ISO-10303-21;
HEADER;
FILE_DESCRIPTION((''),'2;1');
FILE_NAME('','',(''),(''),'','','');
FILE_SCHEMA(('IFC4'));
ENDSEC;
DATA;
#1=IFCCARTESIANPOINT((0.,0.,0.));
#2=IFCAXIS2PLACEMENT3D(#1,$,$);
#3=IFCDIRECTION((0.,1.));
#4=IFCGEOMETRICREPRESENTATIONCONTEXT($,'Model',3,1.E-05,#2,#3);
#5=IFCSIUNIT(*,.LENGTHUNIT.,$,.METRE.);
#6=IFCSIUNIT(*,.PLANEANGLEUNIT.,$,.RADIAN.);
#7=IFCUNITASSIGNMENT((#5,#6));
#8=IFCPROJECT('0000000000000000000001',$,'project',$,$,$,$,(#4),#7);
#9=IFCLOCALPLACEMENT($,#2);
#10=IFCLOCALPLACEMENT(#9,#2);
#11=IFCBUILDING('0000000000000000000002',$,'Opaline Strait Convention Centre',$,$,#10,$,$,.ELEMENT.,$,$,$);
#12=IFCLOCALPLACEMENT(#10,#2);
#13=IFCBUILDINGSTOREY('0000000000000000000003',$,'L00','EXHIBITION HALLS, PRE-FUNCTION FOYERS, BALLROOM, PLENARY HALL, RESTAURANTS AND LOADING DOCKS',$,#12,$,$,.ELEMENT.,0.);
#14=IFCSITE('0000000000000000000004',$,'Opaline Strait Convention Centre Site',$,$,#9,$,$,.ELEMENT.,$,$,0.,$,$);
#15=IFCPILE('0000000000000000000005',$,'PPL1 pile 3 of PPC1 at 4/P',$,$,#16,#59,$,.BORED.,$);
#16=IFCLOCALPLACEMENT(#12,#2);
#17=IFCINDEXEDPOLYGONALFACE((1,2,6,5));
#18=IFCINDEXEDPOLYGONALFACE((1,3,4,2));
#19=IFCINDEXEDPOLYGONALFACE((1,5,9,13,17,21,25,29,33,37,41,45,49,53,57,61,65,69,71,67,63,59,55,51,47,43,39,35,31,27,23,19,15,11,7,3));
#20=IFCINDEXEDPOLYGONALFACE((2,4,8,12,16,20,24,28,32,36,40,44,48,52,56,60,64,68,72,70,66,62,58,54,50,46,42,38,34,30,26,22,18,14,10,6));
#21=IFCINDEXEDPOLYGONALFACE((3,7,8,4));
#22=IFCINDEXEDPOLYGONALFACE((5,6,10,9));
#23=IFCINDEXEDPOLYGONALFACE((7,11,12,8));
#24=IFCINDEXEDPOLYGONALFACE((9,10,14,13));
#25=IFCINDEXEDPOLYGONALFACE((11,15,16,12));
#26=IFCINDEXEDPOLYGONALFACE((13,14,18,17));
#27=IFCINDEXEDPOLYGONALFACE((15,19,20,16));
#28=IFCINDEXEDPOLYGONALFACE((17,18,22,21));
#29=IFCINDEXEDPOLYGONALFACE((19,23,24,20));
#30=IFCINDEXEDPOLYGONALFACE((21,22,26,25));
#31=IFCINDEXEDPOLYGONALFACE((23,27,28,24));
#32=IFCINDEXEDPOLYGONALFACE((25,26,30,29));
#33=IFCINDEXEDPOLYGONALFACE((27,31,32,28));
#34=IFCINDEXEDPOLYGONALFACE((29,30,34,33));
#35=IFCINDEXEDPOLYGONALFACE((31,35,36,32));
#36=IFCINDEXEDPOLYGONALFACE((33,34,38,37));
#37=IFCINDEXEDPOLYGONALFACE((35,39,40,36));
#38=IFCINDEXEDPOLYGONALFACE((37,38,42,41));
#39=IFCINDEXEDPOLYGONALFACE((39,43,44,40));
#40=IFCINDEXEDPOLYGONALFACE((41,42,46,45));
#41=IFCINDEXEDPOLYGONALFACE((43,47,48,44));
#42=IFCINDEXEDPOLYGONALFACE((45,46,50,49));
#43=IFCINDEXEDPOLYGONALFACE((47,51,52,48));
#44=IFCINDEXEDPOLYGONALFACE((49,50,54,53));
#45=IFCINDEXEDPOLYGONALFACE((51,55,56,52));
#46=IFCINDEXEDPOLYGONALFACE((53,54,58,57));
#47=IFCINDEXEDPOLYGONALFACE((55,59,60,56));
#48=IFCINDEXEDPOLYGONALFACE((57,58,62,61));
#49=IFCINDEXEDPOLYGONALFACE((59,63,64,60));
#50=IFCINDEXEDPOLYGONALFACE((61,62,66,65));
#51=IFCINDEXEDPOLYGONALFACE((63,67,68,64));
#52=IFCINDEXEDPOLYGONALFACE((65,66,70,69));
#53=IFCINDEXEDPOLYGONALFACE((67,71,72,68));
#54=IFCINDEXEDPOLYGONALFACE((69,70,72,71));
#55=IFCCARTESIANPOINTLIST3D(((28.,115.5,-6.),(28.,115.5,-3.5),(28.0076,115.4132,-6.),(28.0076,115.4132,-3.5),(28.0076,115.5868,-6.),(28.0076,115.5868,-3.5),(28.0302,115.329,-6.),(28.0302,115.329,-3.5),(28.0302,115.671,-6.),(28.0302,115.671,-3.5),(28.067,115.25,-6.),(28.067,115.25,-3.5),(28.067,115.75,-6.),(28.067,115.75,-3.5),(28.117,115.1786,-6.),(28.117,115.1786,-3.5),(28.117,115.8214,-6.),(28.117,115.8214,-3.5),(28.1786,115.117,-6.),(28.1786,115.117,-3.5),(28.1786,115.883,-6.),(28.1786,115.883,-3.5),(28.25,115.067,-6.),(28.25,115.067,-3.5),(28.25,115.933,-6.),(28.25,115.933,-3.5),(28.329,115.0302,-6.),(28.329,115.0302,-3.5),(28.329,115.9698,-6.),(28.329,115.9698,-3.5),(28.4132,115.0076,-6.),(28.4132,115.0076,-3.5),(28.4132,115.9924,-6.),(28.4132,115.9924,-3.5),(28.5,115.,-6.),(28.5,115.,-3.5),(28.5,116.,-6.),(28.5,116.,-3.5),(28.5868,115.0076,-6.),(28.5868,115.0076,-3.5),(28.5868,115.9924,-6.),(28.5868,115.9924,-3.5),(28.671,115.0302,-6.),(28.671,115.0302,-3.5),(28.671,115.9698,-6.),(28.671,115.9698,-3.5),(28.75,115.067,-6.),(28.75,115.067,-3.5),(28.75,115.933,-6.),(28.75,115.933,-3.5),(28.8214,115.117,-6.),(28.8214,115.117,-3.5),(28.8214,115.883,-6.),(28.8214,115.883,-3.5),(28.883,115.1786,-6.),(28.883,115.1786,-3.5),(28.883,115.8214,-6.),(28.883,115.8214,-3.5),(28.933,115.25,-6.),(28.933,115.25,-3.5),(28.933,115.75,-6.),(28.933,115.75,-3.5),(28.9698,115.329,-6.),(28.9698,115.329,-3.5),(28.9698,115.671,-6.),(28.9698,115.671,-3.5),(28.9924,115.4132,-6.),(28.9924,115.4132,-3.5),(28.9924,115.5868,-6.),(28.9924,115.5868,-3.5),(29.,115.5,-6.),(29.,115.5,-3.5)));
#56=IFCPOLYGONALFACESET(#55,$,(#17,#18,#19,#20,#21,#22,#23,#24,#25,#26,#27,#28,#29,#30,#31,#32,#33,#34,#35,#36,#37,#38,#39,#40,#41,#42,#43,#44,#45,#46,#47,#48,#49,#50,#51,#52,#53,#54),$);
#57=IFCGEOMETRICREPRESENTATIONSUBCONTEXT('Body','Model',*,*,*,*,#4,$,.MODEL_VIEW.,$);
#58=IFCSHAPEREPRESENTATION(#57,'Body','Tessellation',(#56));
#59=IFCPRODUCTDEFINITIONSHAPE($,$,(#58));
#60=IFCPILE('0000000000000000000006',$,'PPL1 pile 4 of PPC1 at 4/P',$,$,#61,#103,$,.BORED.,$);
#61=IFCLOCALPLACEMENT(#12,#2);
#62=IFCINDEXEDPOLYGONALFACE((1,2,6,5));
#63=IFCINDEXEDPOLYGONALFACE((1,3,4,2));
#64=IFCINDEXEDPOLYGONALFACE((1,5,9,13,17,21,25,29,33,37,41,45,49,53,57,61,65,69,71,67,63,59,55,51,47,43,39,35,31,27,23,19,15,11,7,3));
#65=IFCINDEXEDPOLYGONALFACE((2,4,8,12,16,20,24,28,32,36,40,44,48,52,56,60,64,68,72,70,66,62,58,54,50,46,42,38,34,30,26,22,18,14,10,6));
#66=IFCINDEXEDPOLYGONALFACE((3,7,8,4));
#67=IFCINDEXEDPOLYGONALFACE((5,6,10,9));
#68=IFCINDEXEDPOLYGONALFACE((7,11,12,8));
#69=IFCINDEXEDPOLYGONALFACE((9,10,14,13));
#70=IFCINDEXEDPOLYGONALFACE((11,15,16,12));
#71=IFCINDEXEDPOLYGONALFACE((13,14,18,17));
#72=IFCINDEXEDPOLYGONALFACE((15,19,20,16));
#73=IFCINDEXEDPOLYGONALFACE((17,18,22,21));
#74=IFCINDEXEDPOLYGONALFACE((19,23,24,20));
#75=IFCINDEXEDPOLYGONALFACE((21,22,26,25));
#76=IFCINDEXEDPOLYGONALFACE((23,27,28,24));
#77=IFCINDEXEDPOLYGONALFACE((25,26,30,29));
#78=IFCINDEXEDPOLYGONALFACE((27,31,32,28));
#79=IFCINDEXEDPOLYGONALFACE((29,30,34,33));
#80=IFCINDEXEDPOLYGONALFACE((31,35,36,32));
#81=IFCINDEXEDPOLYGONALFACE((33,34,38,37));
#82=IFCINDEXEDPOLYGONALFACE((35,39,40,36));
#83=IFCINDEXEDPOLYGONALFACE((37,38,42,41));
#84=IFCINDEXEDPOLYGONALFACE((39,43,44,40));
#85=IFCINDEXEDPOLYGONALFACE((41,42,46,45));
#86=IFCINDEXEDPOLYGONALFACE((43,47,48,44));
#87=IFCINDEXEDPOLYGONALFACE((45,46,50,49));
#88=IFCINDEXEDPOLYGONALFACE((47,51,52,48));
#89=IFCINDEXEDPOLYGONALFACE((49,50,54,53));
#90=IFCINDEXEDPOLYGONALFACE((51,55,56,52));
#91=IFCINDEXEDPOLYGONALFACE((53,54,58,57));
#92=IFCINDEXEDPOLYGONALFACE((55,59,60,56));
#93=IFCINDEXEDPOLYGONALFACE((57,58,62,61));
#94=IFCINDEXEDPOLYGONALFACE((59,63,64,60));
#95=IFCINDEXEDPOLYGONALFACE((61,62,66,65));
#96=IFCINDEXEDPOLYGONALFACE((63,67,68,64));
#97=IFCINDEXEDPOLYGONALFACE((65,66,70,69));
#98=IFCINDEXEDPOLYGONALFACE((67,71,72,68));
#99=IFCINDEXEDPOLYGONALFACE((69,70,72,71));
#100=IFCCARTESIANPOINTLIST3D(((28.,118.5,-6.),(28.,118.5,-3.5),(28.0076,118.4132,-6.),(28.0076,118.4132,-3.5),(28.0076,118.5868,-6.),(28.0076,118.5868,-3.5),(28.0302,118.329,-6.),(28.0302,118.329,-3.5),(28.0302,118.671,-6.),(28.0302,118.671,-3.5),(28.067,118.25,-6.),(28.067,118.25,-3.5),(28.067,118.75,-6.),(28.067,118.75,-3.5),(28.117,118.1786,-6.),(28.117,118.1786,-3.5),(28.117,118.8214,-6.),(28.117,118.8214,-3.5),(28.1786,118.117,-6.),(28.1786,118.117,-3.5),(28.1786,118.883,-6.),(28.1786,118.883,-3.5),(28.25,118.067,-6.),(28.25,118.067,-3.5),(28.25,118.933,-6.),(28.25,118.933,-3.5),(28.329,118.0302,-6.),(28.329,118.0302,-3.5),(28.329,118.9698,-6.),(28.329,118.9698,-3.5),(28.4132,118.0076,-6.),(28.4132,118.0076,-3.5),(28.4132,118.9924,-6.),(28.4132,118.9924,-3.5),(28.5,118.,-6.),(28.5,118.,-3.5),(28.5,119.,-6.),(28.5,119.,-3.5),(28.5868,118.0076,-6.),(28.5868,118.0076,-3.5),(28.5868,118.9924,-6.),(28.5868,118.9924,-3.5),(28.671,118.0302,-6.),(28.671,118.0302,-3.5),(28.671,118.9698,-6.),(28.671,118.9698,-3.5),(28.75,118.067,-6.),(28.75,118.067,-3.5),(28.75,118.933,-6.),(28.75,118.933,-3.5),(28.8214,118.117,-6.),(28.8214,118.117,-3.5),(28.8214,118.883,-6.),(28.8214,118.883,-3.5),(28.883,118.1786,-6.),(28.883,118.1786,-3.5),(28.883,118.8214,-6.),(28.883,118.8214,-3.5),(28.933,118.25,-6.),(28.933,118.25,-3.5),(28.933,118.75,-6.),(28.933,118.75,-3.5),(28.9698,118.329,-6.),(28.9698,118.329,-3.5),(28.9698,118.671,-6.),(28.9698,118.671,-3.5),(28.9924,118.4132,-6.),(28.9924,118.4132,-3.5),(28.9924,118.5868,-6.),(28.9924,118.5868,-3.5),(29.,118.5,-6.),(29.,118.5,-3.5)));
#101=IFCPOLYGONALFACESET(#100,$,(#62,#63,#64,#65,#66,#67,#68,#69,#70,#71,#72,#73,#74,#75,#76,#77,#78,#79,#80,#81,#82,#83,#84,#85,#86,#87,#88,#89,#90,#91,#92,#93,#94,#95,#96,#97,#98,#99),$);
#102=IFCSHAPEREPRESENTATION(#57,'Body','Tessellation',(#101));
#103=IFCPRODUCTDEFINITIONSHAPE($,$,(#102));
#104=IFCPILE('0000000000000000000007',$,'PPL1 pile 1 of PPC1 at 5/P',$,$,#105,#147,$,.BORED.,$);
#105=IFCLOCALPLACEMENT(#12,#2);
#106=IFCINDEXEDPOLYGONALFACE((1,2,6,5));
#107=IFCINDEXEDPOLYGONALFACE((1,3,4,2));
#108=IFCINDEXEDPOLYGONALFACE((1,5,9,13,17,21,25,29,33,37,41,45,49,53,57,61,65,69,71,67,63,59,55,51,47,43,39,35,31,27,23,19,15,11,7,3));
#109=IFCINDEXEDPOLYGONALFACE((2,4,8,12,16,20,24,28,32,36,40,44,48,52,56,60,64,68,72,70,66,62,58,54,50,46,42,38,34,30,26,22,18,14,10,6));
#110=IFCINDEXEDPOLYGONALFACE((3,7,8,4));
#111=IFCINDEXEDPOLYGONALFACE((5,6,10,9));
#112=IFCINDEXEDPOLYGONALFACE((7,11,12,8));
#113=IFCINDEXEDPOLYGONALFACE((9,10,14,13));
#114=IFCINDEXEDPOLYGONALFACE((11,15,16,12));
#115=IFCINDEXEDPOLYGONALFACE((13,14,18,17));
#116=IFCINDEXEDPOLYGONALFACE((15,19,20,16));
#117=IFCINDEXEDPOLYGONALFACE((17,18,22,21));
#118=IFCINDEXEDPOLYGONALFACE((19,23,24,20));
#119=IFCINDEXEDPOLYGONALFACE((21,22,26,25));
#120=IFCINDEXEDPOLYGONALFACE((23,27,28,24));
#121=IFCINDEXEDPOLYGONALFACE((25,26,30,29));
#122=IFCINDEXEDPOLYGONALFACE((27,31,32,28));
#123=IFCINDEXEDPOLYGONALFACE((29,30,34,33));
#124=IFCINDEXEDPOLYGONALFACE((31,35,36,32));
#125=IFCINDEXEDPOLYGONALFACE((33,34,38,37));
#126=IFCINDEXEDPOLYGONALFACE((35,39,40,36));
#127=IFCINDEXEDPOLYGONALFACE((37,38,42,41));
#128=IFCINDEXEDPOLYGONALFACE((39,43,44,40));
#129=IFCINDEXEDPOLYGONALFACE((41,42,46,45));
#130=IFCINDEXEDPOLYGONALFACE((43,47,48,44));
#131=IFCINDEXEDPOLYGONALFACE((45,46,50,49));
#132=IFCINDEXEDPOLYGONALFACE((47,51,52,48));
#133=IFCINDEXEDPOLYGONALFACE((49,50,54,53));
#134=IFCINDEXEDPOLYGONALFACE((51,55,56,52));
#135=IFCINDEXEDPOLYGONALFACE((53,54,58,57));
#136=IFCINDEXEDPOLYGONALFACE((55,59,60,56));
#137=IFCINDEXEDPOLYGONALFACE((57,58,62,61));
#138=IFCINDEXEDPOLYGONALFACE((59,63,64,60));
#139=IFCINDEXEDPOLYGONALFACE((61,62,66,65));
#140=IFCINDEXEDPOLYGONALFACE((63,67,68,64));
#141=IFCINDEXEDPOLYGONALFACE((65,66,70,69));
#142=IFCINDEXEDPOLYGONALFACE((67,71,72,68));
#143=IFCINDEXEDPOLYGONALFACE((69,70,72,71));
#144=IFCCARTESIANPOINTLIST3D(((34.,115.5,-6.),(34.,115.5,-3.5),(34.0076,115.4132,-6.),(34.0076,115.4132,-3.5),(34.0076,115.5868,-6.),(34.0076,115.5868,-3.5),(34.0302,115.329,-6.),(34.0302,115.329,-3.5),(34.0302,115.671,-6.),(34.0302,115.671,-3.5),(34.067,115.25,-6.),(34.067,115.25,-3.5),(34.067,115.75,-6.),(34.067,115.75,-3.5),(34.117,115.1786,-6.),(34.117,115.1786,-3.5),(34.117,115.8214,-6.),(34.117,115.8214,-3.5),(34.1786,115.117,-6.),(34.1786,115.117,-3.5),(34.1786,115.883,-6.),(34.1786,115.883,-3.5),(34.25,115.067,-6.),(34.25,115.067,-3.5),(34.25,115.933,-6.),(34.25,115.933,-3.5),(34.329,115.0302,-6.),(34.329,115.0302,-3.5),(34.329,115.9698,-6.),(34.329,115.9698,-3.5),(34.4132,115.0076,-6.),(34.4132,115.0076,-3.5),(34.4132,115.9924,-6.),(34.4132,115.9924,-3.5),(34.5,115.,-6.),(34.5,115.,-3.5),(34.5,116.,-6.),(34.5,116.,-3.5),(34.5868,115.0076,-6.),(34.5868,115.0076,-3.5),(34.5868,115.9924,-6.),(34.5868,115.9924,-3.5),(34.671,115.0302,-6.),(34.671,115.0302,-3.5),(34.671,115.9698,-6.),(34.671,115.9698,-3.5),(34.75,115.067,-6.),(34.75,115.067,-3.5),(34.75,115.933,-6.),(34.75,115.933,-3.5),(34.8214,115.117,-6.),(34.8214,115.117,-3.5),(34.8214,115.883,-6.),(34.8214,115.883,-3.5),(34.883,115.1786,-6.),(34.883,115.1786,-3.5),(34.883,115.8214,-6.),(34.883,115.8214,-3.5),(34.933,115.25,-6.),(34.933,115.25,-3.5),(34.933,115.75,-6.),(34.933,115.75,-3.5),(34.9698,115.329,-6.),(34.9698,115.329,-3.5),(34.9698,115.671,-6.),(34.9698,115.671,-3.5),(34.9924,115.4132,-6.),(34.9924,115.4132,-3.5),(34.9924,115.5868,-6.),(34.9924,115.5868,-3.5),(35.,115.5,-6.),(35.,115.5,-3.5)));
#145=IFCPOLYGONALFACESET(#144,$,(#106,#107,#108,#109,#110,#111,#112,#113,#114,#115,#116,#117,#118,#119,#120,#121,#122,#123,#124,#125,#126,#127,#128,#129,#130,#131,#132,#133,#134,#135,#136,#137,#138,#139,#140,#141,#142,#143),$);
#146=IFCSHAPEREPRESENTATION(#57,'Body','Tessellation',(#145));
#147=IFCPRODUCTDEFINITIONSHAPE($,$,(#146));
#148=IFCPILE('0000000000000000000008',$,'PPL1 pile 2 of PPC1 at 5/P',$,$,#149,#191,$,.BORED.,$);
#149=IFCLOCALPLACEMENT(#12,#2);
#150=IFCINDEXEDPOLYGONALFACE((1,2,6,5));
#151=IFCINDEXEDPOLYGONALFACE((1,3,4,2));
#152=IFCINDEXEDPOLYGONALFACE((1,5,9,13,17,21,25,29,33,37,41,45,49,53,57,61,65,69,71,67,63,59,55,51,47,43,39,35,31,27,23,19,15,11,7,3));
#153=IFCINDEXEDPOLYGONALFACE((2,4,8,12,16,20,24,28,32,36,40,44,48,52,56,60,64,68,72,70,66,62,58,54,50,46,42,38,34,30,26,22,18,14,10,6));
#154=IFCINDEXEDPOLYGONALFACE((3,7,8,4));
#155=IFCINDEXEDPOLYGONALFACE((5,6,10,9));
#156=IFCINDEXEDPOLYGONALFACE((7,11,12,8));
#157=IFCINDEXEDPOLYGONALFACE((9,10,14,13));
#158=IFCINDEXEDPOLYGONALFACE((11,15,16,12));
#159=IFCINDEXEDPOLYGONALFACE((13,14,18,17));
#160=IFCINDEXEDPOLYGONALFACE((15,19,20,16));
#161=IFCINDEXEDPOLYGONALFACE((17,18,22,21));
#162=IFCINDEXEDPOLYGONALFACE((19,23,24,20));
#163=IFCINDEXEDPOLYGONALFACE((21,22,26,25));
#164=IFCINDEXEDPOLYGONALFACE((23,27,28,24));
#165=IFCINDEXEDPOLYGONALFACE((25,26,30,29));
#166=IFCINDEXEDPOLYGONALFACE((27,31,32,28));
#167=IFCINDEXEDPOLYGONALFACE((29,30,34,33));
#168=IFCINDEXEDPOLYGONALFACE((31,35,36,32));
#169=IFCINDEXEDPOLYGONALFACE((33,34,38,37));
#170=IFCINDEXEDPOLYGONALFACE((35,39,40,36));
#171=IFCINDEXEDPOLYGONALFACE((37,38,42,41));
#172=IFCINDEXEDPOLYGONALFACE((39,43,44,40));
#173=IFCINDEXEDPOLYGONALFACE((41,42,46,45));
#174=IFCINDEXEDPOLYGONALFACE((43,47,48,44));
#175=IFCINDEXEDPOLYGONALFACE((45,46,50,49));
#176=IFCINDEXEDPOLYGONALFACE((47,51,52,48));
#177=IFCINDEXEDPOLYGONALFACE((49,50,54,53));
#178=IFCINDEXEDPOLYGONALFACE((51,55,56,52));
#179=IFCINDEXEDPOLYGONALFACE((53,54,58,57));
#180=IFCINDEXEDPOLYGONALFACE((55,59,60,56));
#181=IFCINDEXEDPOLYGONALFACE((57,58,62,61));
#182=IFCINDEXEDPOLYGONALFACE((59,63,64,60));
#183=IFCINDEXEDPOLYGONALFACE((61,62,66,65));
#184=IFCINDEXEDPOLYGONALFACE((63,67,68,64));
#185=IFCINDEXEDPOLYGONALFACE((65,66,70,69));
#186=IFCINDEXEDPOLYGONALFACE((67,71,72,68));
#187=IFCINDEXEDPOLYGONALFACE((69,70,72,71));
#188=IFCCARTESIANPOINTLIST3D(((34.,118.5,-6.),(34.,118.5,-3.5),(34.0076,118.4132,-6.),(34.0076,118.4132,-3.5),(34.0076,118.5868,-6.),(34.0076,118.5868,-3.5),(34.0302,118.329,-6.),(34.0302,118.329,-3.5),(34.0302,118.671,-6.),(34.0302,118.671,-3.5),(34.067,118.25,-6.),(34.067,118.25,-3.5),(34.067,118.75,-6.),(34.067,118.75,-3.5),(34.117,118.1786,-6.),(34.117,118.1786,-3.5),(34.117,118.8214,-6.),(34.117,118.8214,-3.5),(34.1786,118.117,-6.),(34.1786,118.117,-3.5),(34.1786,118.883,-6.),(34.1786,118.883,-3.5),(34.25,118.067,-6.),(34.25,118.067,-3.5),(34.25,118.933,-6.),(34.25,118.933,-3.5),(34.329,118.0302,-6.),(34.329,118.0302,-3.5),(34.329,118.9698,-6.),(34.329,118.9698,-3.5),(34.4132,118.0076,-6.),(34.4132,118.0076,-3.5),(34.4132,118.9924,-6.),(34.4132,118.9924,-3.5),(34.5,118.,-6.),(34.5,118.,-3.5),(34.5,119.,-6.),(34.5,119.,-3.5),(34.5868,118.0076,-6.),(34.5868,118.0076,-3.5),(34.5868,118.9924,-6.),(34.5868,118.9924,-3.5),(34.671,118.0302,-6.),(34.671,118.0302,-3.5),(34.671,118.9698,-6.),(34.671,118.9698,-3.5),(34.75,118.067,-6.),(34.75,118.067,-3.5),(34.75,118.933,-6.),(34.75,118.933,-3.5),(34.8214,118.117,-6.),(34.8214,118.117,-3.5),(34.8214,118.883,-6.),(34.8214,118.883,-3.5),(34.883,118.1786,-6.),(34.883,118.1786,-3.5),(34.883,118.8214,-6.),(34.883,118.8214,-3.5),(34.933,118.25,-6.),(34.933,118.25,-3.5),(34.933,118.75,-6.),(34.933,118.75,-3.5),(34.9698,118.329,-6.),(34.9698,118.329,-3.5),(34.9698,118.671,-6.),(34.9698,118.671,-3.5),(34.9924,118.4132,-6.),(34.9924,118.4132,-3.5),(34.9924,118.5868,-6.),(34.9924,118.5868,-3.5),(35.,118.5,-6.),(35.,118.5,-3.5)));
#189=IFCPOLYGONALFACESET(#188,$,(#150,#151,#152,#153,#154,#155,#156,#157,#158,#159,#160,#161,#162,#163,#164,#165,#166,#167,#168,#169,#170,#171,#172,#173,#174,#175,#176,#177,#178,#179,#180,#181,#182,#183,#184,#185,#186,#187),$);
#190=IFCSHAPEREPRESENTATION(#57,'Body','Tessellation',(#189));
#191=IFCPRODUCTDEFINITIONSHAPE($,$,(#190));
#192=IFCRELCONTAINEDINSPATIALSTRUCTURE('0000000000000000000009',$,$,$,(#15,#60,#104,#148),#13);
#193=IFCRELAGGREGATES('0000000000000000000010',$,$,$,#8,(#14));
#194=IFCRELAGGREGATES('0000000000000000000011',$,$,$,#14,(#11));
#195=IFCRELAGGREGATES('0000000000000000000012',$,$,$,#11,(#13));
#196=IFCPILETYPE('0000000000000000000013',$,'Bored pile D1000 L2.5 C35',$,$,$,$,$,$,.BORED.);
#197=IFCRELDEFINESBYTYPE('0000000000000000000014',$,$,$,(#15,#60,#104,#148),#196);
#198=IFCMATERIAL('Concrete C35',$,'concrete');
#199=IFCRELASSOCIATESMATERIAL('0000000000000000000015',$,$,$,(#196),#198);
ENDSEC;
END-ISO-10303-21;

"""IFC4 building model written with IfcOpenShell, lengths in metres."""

from ifc_helpers import new_model, si_unit, direction, frame, origin, origin_2d, place, context, subcontext, project, spatial, circle, extrude, material, material_profile, profile_set, type_object, element, save


model = new_model("IFC4")

# Units and contexts
model_context = context("Model", 3, precision=1e-05, world=origin(), true_north=direction((0.0, 1.0)))
body_context = subcontext(model_context, "Body", "Model", "MODEL_VIEW")
ifc_project = project(units=[si_unit("LENGTHUNIT", "METRE"), si_unit("PLANEANGLEUNIT", "RADIAN")], contexts=[model_context])

# Site, building, storey
site_placement = place(None, origin())
site = spatial("IfcSite", under=ifc_project, at=site_placement, Name="Opaline Strait Convention Centre Site", CompositionType="ELEMENT", RefElevation=0.0)
building_placement = place(site_placement, origin())
building = spatial("IfcBuilding", under=site, at=building_placement, Name="Opaline Strait Convention Centre", CompositionType="ELEMENT")
storey_placement = place(building_placement, origin())
storey = spatial("IfcBuildingStorey", under=building, at=storey_placement, Name="L00", Description="EXHIBITION HALLS, PRE-FUNCTION FOYERS, BALLROOM, PLENARY HALL, RESTAURANTS AND LOADING DOCKS", CompositionType="ELEMENT", Elevation=0.0)

# Piles
ifc_material_1 = material(Name="Concrete C35", Category="concrete")
ifc_material_profile_1 = material_profile(ifc_material_1, circle(Radius=0.5, at=origin_2d()), Name="D1000")
ifc_profile_set_1 = profile_set([ifc_material_profile_1], Name="Concrete C35")
pile_type_1 = type_object("IfcPileType", Name="Bored pile D1000 L2.5 C35", PredefinedType="BORED", material=ifc_profile_set_1)
for number, where, z_axis, x_axis, name in (
    (1, (28.5, 115.5, -3.5), (0.0, 0.0, -1.0), (1.0, 0.0, 0.0), "PPL1 pile 3 of PPC1 at 4/P"),
    (2, (28.5, 118.5, -3.5), (0.0, 0.0, -1.0), (1.0, 0.0, 0.0), "PPL1 pile 4 of PPC1 at 4/P"),
    (3, (34.5, 115.5, -3.5), (0.0, 0.0, -1.0), (1.0, 0.0, 0.0), "PPL1 pile 1 of PPC1 at 5/P"),
    (4, (34.5, 118.5, -3.5), (0.0, 0.0, -1.0), (1.0, 0.0, 0.0), "PPL1 pile 2 of PPC1 at 5/P"),
):
    element("IfcPile", number, at=place(storey_placement, frame(where, z_axis=z_axis, x_axis=x_axis)), inside=storey, type_object=pile_type_1, Name=name, PredefinedType="BORED", context=body_context, shape_type="SweptSolid", body=[
        extrude(circle(Radius=0.5, at=origin_2d()), origin(), (0.0, 0.0, 1.0), 2.5),
    ])

save(model, "model.ifc")
